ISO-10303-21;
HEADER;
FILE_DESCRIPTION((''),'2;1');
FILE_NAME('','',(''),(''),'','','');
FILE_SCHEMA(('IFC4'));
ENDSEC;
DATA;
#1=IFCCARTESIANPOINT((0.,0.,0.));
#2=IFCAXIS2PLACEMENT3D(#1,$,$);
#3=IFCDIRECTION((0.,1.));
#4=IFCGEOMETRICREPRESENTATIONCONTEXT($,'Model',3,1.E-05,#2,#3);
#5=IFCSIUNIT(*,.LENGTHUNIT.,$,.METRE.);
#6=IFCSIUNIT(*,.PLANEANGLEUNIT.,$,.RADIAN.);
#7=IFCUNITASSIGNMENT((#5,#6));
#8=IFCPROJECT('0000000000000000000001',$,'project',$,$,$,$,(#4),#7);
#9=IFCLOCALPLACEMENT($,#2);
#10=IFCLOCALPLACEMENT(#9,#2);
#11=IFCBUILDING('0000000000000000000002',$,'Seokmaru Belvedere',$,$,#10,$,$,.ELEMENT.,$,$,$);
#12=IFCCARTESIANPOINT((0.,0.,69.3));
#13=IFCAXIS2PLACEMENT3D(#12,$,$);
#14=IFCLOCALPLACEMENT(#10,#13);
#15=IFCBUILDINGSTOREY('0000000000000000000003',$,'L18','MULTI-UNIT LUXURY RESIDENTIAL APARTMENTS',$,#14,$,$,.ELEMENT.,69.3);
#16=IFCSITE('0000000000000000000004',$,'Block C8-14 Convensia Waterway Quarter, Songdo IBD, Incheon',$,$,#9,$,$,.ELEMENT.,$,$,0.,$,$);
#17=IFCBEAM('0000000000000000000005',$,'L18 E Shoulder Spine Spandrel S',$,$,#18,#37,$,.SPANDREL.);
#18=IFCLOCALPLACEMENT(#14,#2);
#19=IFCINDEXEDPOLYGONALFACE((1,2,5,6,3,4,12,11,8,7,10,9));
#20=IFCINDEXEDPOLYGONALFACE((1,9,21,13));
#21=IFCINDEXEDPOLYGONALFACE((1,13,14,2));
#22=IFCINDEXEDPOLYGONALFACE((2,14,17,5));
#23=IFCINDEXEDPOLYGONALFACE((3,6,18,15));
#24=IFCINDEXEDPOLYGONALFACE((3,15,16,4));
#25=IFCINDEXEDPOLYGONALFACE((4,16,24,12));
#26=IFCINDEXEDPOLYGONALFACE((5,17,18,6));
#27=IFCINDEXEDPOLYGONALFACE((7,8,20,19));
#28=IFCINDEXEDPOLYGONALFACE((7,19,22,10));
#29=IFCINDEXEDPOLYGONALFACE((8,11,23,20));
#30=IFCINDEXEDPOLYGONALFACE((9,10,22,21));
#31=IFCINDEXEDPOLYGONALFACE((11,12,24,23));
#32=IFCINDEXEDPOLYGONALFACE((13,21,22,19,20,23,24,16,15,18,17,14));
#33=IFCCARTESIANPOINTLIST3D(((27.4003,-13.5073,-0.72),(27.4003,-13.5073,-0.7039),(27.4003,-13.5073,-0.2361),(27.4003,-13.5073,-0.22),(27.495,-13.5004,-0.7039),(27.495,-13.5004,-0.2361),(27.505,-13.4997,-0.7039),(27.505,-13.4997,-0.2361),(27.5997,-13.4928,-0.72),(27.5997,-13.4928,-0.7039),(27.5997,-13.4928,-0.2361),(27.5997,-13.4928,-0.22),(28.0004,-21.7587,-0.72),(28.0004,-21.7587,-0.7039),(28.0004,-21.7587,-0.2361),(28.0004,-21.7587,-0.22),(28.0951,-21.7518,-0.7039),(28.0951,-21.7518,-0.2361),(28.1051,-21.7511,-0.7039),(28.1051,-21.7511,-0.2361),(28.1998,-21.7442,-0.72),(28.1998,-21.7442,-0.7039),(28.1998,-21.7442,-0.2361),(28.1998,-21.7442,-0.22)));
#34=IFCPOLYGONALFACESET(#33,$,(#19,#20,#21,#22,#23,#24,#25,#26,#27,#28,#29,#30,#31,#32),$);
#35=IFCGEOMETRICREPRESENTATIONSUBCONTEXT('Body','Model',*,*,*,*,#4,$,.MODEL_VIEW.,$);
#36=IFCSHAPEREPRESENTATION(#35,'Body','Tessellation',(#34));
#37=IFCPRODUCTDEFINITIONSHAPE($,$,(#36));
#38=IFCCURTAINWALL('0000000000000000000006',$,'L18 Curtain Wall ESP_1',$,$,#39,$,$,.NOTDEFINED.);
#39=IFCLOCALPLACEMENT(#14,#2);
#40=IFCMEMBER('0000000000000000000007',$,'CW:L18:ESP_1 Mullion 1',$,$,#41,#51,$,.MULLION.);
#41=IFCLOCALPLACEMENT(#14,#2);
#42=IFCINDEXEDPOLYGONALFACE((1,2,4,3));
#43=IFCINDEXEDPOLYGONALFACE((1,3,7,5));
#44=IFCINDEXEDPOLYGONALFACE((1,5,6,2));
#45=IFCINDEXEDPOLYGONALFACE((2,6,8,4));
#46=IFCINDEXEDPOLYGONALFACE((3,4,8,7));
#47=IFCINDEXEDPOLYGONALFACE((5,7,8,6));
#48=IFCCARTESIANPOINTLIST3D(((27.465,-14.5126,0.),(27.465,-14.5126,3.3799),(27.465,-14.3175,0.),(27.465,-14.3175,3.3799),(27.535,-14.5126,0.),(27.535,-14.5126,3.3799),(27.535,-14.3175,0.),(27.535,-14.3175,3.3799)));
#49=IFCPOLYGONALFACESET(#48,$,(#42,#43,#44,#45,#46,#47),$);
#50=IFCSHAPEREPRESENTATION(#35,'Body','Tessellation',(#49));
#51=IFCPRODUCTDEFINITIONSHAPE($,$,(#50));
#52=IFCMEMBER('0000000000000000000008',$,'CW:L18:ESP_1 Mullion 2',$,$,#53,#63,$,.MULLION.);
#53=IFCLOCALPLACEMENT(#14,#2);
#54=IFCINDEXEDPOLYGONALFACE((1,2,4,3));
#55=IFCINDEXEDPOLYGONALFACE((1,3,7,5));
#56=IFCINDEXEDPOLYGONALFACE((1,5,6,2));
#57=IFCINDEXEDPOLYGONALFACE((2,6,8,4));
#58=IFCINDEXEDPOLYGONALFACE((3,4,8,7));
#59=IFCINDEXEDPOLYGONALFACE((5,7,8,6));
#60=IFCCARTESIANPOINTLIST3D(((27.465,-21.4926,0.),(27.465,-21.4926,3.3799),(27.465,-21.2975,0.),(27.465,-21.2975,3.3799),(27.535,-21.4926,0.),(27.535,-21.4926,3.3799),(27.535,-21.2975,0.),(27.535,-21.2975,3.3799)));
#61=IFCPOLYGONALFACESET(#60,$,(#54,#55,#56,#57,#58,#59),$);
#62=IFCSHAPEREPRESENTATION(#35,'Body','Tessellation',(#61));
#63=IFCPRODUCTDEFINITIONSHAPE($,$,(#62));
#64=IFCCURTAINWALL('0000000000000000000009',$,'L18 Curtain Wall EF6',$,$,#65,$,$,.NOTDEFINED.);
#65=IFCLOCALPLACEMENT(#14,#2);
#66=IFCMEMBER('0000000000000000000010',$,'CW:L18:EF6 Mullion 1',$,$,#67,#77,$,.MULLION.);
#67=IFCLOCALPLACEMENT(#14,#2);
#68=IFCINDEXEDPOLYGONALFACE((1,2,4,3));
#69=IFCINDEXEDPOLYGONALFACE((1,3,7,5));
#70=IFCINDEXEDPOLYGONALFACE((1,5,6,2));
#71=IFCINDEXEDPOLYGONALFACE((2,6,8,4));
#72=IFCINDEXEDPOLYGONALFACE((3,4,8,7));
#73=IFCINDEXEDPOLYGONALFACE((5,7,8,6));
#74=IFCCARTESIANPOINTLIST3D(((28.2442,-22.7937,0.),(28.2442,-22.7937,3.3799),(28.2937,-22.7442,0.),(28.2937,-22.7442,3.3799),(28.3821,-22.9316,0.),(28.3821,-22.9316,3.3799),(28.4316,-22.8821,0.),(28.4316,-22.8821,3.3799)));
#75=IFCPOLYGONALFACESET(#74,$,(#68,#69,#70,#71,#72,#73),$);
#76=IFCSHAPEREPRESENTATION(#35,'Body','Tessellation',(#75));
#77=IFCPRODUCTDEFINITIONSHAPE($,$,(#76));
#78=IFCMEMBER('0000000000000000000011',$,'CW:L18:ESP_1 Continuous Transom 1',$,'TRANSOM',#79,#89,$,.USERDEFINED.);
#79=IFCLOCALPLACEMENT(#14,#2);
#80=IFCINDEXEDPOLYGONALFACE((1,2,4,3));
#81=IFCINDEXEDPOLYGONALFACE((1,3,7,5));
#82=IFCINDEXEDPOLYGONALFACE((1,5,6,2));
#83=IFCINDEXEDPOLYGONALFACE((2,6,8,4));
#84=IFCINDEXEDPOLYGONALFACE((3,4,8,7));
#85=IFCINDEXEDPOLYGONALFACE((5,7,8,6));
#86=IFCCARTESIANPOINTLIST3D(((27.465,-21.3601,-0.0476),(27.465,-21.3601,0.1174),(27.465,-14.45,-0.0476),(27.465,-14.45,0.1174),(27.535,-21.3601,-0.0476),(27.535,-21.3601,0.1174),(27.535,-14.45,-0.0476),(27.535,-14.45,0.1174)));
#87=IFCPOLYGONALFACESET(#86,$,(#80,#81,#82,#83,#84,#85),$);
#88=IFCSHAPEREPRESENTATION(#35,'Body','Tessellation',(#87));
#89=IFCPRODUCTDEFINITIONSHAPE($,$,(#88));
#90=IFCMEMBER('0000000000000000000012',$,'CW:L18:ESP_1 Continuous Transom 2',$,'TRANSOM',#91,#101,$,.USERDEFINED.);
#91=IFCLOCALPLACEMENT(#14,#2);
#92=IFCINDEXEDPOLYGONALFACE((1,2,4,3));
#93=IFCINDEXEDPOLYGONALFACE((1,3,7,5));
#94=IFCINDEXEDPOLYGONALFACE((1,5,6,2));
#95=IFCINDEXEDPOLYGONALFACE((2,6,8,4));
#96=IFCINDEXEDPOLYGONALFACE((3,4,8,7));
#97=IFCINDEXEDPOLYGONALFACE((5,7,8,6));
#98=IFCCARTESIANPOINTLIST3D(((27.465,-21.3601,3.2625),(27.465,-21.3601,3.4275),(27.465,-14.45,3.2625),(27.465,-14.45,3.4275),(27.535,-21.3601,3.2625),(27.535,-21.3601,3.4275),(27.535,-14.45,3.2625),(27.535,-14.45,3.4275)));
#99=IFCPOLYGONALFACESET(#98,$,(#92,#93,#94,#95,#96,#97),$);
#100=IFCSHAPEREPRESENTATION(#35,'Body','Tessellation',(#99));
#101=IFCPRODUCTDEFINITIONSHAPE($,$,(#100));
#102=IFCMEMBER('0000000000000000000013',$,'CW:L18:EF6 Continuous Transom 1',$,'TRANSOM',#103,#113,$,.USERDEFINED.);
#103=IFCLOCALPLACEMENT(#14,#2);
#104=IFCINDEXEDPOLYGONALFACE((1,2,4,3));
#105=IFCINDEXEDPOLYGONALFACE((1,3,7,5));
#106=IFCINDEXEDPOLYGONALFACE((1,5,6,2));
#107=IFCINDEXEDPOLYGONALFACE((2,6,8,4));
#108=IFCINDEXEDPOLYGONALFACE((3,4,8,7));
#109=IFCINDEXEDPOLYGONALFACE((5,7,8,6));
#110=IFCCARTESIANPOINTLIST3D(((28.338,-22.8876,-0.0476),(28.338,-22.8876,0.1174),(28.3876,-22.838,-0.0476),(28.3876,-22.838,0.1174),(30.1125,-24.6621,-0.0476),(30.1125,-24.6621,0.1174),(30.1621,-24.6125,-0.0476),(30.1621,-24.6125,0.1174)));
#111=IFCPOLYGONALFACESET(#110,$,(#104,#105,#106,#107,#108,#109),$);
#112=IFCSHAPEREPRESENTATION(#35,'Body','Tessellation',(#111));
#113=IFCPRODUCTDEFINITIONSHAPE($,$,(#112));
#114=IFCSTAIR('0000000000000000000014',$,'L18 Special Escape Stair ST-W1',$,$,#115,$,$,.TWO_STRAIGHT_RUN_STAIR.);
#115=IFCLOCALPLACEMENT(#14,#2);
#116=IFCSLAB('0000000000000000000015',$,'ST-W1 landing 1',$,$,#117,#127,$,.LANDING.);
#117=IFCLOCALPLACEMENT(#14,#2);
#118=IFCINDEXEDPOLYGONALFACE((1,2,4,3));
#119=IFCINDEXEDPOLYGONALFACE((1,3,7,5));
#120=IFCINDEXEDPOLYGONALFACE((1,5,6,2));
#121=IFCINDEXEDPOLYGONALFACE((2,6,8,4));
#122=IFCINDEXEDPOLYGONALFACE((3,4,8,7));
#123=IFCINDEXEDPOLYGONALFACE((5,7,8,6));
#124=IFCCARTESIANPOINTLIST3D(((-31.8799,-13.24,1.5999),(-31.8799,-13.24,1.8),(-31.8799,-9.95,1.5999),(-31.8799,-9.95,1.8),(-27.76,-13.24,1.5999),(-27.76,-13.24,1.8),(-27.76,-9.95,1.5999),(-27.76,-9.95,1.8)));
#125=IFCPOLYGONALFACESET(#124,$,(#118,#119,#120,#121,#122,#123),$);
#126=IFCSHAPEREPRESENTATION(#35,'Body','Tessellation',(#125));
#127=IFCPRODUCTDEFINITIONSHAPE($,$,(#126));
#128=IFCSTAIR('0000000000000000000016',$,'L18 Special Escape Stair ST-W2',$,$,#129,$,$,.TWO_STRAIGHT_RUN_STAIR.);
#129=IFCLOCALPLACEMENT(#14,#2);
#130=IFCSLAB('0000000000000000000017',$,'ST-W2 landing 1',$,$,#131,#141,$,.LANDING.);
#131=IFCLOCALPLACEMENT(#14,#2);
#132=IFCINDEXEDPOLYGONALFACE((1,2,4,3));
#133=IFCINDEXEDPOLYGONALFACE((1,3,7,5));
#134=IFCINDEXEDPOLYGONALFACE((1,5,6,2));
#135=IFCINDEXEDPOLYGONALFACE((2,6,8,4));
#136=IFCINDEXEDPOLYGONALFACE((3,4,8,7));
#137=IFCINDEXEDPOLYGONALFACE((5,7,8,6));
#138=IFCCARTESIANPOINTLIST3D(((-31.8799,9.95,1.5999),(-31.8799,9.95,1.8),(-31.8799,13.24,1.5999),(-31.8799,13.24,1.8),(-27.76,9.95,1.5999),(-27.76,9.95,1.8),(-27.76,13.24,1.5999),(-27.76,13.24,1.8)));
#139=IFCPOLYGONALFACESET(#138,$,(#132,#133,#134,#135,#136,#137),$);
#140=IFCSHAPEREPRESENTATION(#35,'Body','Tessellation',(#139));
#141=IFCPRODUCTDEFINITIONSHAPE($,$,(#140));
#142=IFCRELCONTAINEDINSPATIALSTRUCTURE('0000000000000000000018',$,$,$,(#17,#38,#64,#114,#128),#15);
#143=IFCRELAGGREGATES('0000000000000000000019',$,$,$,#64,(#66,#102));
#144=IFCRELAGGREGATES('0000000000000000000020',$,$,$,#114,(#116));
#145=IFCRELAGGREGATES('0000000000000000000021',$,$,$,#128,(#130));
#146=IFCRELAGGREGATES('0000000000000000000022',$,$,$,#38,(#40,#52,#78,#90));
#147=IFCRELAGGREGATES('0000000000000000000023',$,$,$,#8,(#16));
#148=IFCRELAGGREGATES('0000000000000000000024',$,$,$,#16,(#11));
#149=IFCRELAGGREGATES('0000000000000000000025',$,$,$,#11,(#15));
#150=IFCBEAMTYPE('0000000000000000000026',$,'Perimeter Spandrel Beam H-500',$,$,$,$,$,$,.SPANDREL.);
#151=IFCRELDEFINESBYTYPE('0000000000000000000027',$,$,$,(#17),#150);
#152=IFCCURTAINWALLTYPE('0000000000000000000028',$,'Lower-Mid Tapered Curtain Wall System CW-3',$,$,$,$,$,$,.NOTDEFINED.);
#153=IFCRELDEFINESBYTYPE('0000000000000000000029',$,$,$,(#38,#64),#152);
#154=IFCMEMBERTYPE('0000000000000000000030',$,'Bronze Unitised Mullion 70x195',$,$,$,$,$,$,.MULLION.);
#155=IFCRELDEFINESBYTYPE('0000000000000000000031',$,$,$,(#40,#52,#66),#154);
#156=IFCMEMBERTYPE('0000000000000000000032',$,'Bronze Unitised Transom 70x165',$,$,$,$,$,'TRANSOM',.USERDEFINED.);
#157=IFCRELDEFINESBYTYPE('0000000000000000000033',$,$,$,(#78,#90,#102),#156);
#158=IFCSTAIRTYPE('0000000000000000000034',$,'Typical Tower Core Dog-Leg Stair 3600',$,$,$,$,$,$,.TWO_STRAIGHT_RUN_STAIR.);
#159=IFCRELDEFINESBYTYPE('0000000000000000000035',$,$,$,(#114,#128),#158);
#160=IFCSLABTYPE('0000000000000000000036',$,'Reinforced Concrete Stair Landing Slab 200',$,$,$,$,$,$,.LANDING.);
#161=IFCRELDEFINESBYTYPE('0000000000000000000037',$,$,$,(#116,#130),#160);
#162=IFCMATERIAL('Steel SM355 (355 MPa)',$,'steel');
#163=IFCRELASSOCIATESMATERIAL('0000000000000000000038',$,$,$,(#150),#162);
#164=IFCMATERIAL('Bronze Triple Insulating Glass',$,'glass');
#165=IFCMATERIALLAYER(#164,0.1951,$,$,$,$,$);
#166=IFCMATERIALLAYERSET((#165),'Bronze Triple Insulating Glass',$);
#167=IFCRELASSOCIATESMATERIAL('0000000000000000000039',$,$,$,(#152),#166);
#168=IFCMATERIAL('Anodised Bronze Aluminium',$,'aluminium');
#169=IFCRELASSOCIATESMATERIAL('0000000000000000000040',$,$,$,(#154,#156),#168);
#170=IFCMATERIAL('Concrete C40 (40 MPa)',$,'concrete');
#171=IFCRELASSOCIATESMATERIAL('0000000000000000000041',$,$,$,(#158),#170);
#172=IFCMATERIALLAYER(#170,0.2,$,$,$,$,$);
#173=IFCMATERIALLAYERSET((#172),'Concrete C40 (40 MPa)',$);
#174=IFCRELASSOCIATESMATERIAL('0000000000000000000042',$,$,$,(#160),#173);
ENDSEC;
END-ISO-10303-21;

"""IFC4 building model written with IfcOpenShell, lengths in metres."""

from ifc_helpers import new_model, si_unit, direction, frame, origin, origin_2d, place, context, subcontext, project, spatial, polyline, rectangle, i_section, outline, extrude, source, transform, mapped, material, layer, layer_set, material_profile, profile_set, type_object, type_shapes, element, aggregate, save


model = new_model("IFC4")

# Units and contexts
model_context = context("Model", 3, precision=1e-05, world=origin(), true_north=direction((0.0, 1.0)))
body_context = subcontext(model_context, "Body", "Model", "MODEL_VIEW")
ifc_project = project(units=[si_unit("LENGTHUNIT", "METRE"), si_unit("PLANEANGLEUNIT", "RADIAN")], contexts=[model_context])

# Site, building, storey
site_placement = place(None, origin())
site = spatial("IfcSite", under=ifc_project, at=site_placement, Name="Block C8-14 Convensia Waterway Quarter, Songdo IBD, Incheon", CompositionType="ELEMENT", RefElevation=0.0)
building_placement = place(site_placement, origin())
building = spatial("IfcBuilding", under=site, at=building_placement, Name="Seokmaru Belvedere", CompositionType="ELEMENT")
storey_placement = place(building_placement, frame((0.0, 0.0, 69.3)))
storey = spatial("IfcBuildingStorey", under=building, at=storey_placement, Name="L18", Description="MULTI-UNIT LUXURY RESIDENTIAL APARTMENTS", CompositionType="ELEMENT", Elevation=69.3)

# Shared definitions
ifc_material_1 = material(Name="Steel SM355 (355 MPa)", Category="steel")

# Beam
ifc_material_profile_1 = material_profile(ifc_material_1, i_section(OverallWidth=0.2, OverallDepth=0.5, WebThickness=0.01, FlangeThickness=0.0161, at=origin_2d()), Name="H-500x200x10x16")
ifc_profile_set_1 = profile_set([ifc_material_profile_1], Name="Steel SM355 (355 MPa)")
beam_type_1 = type_object("IfcBeamType", Name="Perimeter Spandrel Beam H-500", PredefinedType="SPANDREL", material=ifc_profile_set_1)
shared_shape_1 = source(origin(), body_context, "Body", "SweptSolid", [
    extrude(i_section(OverallWidth=0.2, OverallDepth=0.5, WebThickness=0.01, FlangeThickness=0.0161, at=origin_2d()), origin(), (0.0, 0.0, 1.0), 8.2732),
])
beam_1_placement = place(storey_placement, frame((28.1001, -21.7515, -0.47), z_axis=(-0.072535, 0.997366, 0.0), x_axis=(-0.997366, -0.072535, 0.0)))
element("IfcBeam", 1, at=beam_1_placement, inside=storey, type_object=beam_type_1, Name="L18 E Shoulder Spine Spandrel S", PredefinedType="SPANDREL", context=body_context, shape_type="MappedRepresentation", body=[
    mapped(shared_shape_1, transform((0.0, 0.0, 0.0), scale=1.0)),
])

# Curtain wall, members
ifc_material_2 = material(Name="Bronze Triple Insulating Glass", Category="glass")
ifc_layer_1 = layer(ifc_material_2, 0.1951)
ifc_layer_set_1 = layer_set([ifc_layer_1], Name="Bronze Triple Insulating Glass")
curtain_wall_type = type_object("IfcCurtainWallType", Name="Lower-Mid Tapered Curtain Wall System CW-3", PredefinedType="NOTDEFINED", material=ifc_layer_set_1)
curtain_wall_1_placement = place(storey_placement, origin())
curtain_wall_1 = element("IfcCurtainWall", 2, at=curtain_wall_1_placement, inside=storey, type_object=curtain_wall_type, Name="L18 Curtain Wall ESP_1", PredefinedType="NOTDEFINED")
ifc_material_3 = material(Name="Anodised Bronze Aluminium", Category="aluminium")
ifc_material_profile_2 = material_profile(ifc_material_3, rectangle(XDim=0.0701, YDim=0.1951, at=origin_2d()), Name="CW-M-70x195")
ifc_profile_set_2 = profile_set([ifc_material_profile_2], Name="Anodised Bronze Aluminium")
member_type_1 = type_object("IfcMemberType", Name="Bronze Unitised Mullion 70x195", PredefinedType="MULLION", material=ifc_profile_set_2)
shared_shape_2 = source(origin(), body_context, "Body", "SweptSolid", [
    extrude(rectangle(XDim=0.0701, YDim=0.1951, at=origin_2d()), origin(), (0.0, 0.0, 1.0), 3.3799),
])
type_shapes(member_type_1, [shared_shape_2])
member_1_placement = place(storey_placement, frame((27.5, -14.415, 0.0), z_axis=(0.0, 0.0, 1.0), x_axis=(1.0, 0.0, 0.0)))
member_1 = element("IfcMember", 3, at=member_1_placement, type_object=member_type_1, Name="CW:L18:ESP_1 Mullion 1", PredefinedType="MULLION", context=body_context, shape_type="MappedRepresentation", body=[
    mapped(shared_shape_2, transform((0.0, 0.0, 0.0), scale=1.0)),
])
member_2_placement = place(storey_placement, frame((27.5, -21.395, 0.0), z_axis=(0.0, 0.0, 1.0), x_axis=(1.0, 0.0, 0.0)))
member_2 = element("IfcMember", 4, at=member_2_placement, type_object=member_type_1, Name="CW:L18:ESP_1 Mullion 2", PredefinedType="MULLION", context=body_context, shape_type="MappedRepresentation", body=[
    mapped(shared_shape_2, transform((0.0, 0.0, 0.0), scale=1.0)),
])

# Curtain wall, member
curtain_wall_2_placement = place(storey_placement, origin())
curtain_wall_2 = element("IfcCurtainWall", 5, at=curtain_wall_2_placement, inside=storey, type_object=curtain_wall_type, Name="L18 Curtain Wall EF6", PredefinedType="NOTDEFINED")
member_3_placement = place(storey_placement, frame((28.3379, -22.8379, 0.0), z_axis=(0.0, 0.0, 1.0), x_axis=(0.707107, 0.707107, 0.0)))
member_3 = element("IfcMember", 6, at=member_3_placement, type_object=member_type_1, Name="CW:L18:EF6 Mullion 1", PredefinedType="MULLION", context=body_context, shape_type="MappedRepresentation", body=[
    mapped(shared_shape_2, transform((0.0, 0.0, 0.0), scale=1.0)),
])

# Members
ifc_material_profile_3 = material_profile(ifc_material_3, rectangle(XDim=0.0701, YDim=0.165, at=origin_2d()), Name="CW-T-70x165")
ifc_profile_set_3 = profile_set([ifc_material_profile_3], Name="Anodised Bronze Aluminium")
member_type_2 = type_object("IfcMemberType", Name="Bronze Unitised Transom 70x165", ElementType="TRANSOM", PredefinedType="USERDEFINED", material=ifc_profile_set_3)
shared_shape_3 = source(origin(), body_context, "Body", "SweptSolid", [
    extrude(rectangle(XDim=0.0701, YDim=0.165, at=origin_2d()), origin(), (0.0, 0.0, 1.0), 6.9102),
])
member_4_placement = place(storey_placement, frame((27.5, -14.45, 0.0349), z_axis=(0.0, -1.0, 0.0), x_axis=(1.0, 0.0, 0.0)))
member_4 = element("IfcMember", 7, at=member_4_placement, type_object=member_type_2, Name="CW:L18:ESP_1 Continuous Transom 1", ObjectType="TRANSOM", PredefinedType="USERDEFINED", context=body_context, shape_type="MappedRepresentation", body=[
    mapped(shared_shape_3, transform((0.0, 0.0, 0.0), scale=1.0)),
])
member_5_placement = place(storey_placement, frame((27.5, -14.45, 3.345), z_axis=(0.0, -1.0, 0.0), x_axis=(1.0, 0.0, 0.0)))
member_5 = element("IfcMember", 8, at=member_5_placement, type_object=member_type_2, Name="CW:L18:ESP_1 Continuous Transom 2", ObjectType="TRANSOM", PredefinedType="USERDEFINED", context=body_context, shape_type="MappedRepresentation", body=[
    mapped(shared_shape_3, transform((0.0, 0.0, 0.0), scale=1.0)),
])
shared_shape_4 = source(origin(), body_context, "Body", "SweptSolid", [
    extrude(rectangle(XDim=0.0701, YDim=0.165, at=origin_2d()), origin(), (0.0, 0.0, 1.0), 2.5095),
])
type_shapes(member_type_2, [shared_shape_3, shared_shape_4])
member_6_placement = place(storey_placement, frame((28.3628, -22.8628, 0.0349), z_axis=(0.707107, -0.707107, 0.0), x_axis=(0.707107, 0.707107, 0.0)))
member_6 = element("IfcMember", 9, at=member_6_placement, type_object=member_type_2, Name="CW:L18:EF6 Continuous Transom 1", ObjectType="TRANSOM", PredefinedType="USERDEFINED", context=body_context, shape_type="MappedRepresentation", body=[
    mapped(shared_shape_4, transform((0.0, 0.0, 0.0), scale=1.0)),
])
aggregate(curtain_wall_2, [member_3, member_6])

# Stairs, slabs
ifc_material_4 = material(Name="Concrete C40 (40 MPa)", Category="concrete")
stair_type = type_object("IfcStairType", Name="Typical Tower Core Dog-Leg Stair 3600", PredefinedType="TWO_STRAIGHT_RUN_STAIR", material=ifc_material_4)
stair_1_placement = place(storey_placement, origin())
stair_1 = element("IfcStair", 10, at=stair_1_placement, inside=storey, type_object=stair_type, Name="L18 Special Escape Stair ST-W1", PredefinedType="TWO_STRAIGHT_RUN_STAIR")
ifc_layer_2 = layer(ifc_material_4, 0.2)
ifc_layer_set_2 = layer_set([ifc_layer_2], Name="Concrete C40 (40 MPa)")
slab_type_1 = type_object("IfcSlabType", Name="Reinforced Concrete Stair Landing Slab 200", PredefinedType="LANDING", material=ifc_layer_set_2)
slab_1_placement = place(storey_placement, frame((0.0, 0.0, 1.5999)))
slab_1 = element("IfcSlab", 11, at=slab_1_placement, type_object=slab_type_1, Name="ST-W1 landing 1", PredefinedType="LANDING", context=body_context, shape_type="SweptSolid", body=[
    extrude(outline(polyline([(-31.8799, -13.24), (-27.76, -13.24), (-27.76, -9.95), (-31.8799, -9.95), (-31.8799, -13.24)])), origin(), (0.0, 0.0, 1.0), 0.2002),
])
aggregate(stair_1, [slab_1])
stair_2_placement = place(storey_placement, origin())
stair_2 = element("IfcStair", 12, at=stair_2_placement, inside=storey, type_object=stair_type, Name="L18 Special Escape Stair ST-W2", PredefinedType="TWO_STRAIGHT_RUN_STAIR")
slab_2_placement = place(storey_placement, frame((0.0, 0.0, 1.5999)))
slab_2 = element("IfcSlab", 13, at=slab_2_placement, type_object=slab_type_1, Name="ST-W2 landing 1", PredefinedType="LANDING", context=body_context, shape_type="SweptSolid", body=[
    extrude(outline(polyline([(-31.8799, 9.95), (-27.76, 9.95), (-27.76, 13.24), (-31.8799, 13.24), (-31.8799, 9.95)])), origin(), (0.0, 0.0, 1.0), 0.2002),
])
aggregate(stair_2, [slab_2])

aggregate(curtain_wall_1, [member_1, member_2, member_4, member_5])

save(model, "model.ifc")
